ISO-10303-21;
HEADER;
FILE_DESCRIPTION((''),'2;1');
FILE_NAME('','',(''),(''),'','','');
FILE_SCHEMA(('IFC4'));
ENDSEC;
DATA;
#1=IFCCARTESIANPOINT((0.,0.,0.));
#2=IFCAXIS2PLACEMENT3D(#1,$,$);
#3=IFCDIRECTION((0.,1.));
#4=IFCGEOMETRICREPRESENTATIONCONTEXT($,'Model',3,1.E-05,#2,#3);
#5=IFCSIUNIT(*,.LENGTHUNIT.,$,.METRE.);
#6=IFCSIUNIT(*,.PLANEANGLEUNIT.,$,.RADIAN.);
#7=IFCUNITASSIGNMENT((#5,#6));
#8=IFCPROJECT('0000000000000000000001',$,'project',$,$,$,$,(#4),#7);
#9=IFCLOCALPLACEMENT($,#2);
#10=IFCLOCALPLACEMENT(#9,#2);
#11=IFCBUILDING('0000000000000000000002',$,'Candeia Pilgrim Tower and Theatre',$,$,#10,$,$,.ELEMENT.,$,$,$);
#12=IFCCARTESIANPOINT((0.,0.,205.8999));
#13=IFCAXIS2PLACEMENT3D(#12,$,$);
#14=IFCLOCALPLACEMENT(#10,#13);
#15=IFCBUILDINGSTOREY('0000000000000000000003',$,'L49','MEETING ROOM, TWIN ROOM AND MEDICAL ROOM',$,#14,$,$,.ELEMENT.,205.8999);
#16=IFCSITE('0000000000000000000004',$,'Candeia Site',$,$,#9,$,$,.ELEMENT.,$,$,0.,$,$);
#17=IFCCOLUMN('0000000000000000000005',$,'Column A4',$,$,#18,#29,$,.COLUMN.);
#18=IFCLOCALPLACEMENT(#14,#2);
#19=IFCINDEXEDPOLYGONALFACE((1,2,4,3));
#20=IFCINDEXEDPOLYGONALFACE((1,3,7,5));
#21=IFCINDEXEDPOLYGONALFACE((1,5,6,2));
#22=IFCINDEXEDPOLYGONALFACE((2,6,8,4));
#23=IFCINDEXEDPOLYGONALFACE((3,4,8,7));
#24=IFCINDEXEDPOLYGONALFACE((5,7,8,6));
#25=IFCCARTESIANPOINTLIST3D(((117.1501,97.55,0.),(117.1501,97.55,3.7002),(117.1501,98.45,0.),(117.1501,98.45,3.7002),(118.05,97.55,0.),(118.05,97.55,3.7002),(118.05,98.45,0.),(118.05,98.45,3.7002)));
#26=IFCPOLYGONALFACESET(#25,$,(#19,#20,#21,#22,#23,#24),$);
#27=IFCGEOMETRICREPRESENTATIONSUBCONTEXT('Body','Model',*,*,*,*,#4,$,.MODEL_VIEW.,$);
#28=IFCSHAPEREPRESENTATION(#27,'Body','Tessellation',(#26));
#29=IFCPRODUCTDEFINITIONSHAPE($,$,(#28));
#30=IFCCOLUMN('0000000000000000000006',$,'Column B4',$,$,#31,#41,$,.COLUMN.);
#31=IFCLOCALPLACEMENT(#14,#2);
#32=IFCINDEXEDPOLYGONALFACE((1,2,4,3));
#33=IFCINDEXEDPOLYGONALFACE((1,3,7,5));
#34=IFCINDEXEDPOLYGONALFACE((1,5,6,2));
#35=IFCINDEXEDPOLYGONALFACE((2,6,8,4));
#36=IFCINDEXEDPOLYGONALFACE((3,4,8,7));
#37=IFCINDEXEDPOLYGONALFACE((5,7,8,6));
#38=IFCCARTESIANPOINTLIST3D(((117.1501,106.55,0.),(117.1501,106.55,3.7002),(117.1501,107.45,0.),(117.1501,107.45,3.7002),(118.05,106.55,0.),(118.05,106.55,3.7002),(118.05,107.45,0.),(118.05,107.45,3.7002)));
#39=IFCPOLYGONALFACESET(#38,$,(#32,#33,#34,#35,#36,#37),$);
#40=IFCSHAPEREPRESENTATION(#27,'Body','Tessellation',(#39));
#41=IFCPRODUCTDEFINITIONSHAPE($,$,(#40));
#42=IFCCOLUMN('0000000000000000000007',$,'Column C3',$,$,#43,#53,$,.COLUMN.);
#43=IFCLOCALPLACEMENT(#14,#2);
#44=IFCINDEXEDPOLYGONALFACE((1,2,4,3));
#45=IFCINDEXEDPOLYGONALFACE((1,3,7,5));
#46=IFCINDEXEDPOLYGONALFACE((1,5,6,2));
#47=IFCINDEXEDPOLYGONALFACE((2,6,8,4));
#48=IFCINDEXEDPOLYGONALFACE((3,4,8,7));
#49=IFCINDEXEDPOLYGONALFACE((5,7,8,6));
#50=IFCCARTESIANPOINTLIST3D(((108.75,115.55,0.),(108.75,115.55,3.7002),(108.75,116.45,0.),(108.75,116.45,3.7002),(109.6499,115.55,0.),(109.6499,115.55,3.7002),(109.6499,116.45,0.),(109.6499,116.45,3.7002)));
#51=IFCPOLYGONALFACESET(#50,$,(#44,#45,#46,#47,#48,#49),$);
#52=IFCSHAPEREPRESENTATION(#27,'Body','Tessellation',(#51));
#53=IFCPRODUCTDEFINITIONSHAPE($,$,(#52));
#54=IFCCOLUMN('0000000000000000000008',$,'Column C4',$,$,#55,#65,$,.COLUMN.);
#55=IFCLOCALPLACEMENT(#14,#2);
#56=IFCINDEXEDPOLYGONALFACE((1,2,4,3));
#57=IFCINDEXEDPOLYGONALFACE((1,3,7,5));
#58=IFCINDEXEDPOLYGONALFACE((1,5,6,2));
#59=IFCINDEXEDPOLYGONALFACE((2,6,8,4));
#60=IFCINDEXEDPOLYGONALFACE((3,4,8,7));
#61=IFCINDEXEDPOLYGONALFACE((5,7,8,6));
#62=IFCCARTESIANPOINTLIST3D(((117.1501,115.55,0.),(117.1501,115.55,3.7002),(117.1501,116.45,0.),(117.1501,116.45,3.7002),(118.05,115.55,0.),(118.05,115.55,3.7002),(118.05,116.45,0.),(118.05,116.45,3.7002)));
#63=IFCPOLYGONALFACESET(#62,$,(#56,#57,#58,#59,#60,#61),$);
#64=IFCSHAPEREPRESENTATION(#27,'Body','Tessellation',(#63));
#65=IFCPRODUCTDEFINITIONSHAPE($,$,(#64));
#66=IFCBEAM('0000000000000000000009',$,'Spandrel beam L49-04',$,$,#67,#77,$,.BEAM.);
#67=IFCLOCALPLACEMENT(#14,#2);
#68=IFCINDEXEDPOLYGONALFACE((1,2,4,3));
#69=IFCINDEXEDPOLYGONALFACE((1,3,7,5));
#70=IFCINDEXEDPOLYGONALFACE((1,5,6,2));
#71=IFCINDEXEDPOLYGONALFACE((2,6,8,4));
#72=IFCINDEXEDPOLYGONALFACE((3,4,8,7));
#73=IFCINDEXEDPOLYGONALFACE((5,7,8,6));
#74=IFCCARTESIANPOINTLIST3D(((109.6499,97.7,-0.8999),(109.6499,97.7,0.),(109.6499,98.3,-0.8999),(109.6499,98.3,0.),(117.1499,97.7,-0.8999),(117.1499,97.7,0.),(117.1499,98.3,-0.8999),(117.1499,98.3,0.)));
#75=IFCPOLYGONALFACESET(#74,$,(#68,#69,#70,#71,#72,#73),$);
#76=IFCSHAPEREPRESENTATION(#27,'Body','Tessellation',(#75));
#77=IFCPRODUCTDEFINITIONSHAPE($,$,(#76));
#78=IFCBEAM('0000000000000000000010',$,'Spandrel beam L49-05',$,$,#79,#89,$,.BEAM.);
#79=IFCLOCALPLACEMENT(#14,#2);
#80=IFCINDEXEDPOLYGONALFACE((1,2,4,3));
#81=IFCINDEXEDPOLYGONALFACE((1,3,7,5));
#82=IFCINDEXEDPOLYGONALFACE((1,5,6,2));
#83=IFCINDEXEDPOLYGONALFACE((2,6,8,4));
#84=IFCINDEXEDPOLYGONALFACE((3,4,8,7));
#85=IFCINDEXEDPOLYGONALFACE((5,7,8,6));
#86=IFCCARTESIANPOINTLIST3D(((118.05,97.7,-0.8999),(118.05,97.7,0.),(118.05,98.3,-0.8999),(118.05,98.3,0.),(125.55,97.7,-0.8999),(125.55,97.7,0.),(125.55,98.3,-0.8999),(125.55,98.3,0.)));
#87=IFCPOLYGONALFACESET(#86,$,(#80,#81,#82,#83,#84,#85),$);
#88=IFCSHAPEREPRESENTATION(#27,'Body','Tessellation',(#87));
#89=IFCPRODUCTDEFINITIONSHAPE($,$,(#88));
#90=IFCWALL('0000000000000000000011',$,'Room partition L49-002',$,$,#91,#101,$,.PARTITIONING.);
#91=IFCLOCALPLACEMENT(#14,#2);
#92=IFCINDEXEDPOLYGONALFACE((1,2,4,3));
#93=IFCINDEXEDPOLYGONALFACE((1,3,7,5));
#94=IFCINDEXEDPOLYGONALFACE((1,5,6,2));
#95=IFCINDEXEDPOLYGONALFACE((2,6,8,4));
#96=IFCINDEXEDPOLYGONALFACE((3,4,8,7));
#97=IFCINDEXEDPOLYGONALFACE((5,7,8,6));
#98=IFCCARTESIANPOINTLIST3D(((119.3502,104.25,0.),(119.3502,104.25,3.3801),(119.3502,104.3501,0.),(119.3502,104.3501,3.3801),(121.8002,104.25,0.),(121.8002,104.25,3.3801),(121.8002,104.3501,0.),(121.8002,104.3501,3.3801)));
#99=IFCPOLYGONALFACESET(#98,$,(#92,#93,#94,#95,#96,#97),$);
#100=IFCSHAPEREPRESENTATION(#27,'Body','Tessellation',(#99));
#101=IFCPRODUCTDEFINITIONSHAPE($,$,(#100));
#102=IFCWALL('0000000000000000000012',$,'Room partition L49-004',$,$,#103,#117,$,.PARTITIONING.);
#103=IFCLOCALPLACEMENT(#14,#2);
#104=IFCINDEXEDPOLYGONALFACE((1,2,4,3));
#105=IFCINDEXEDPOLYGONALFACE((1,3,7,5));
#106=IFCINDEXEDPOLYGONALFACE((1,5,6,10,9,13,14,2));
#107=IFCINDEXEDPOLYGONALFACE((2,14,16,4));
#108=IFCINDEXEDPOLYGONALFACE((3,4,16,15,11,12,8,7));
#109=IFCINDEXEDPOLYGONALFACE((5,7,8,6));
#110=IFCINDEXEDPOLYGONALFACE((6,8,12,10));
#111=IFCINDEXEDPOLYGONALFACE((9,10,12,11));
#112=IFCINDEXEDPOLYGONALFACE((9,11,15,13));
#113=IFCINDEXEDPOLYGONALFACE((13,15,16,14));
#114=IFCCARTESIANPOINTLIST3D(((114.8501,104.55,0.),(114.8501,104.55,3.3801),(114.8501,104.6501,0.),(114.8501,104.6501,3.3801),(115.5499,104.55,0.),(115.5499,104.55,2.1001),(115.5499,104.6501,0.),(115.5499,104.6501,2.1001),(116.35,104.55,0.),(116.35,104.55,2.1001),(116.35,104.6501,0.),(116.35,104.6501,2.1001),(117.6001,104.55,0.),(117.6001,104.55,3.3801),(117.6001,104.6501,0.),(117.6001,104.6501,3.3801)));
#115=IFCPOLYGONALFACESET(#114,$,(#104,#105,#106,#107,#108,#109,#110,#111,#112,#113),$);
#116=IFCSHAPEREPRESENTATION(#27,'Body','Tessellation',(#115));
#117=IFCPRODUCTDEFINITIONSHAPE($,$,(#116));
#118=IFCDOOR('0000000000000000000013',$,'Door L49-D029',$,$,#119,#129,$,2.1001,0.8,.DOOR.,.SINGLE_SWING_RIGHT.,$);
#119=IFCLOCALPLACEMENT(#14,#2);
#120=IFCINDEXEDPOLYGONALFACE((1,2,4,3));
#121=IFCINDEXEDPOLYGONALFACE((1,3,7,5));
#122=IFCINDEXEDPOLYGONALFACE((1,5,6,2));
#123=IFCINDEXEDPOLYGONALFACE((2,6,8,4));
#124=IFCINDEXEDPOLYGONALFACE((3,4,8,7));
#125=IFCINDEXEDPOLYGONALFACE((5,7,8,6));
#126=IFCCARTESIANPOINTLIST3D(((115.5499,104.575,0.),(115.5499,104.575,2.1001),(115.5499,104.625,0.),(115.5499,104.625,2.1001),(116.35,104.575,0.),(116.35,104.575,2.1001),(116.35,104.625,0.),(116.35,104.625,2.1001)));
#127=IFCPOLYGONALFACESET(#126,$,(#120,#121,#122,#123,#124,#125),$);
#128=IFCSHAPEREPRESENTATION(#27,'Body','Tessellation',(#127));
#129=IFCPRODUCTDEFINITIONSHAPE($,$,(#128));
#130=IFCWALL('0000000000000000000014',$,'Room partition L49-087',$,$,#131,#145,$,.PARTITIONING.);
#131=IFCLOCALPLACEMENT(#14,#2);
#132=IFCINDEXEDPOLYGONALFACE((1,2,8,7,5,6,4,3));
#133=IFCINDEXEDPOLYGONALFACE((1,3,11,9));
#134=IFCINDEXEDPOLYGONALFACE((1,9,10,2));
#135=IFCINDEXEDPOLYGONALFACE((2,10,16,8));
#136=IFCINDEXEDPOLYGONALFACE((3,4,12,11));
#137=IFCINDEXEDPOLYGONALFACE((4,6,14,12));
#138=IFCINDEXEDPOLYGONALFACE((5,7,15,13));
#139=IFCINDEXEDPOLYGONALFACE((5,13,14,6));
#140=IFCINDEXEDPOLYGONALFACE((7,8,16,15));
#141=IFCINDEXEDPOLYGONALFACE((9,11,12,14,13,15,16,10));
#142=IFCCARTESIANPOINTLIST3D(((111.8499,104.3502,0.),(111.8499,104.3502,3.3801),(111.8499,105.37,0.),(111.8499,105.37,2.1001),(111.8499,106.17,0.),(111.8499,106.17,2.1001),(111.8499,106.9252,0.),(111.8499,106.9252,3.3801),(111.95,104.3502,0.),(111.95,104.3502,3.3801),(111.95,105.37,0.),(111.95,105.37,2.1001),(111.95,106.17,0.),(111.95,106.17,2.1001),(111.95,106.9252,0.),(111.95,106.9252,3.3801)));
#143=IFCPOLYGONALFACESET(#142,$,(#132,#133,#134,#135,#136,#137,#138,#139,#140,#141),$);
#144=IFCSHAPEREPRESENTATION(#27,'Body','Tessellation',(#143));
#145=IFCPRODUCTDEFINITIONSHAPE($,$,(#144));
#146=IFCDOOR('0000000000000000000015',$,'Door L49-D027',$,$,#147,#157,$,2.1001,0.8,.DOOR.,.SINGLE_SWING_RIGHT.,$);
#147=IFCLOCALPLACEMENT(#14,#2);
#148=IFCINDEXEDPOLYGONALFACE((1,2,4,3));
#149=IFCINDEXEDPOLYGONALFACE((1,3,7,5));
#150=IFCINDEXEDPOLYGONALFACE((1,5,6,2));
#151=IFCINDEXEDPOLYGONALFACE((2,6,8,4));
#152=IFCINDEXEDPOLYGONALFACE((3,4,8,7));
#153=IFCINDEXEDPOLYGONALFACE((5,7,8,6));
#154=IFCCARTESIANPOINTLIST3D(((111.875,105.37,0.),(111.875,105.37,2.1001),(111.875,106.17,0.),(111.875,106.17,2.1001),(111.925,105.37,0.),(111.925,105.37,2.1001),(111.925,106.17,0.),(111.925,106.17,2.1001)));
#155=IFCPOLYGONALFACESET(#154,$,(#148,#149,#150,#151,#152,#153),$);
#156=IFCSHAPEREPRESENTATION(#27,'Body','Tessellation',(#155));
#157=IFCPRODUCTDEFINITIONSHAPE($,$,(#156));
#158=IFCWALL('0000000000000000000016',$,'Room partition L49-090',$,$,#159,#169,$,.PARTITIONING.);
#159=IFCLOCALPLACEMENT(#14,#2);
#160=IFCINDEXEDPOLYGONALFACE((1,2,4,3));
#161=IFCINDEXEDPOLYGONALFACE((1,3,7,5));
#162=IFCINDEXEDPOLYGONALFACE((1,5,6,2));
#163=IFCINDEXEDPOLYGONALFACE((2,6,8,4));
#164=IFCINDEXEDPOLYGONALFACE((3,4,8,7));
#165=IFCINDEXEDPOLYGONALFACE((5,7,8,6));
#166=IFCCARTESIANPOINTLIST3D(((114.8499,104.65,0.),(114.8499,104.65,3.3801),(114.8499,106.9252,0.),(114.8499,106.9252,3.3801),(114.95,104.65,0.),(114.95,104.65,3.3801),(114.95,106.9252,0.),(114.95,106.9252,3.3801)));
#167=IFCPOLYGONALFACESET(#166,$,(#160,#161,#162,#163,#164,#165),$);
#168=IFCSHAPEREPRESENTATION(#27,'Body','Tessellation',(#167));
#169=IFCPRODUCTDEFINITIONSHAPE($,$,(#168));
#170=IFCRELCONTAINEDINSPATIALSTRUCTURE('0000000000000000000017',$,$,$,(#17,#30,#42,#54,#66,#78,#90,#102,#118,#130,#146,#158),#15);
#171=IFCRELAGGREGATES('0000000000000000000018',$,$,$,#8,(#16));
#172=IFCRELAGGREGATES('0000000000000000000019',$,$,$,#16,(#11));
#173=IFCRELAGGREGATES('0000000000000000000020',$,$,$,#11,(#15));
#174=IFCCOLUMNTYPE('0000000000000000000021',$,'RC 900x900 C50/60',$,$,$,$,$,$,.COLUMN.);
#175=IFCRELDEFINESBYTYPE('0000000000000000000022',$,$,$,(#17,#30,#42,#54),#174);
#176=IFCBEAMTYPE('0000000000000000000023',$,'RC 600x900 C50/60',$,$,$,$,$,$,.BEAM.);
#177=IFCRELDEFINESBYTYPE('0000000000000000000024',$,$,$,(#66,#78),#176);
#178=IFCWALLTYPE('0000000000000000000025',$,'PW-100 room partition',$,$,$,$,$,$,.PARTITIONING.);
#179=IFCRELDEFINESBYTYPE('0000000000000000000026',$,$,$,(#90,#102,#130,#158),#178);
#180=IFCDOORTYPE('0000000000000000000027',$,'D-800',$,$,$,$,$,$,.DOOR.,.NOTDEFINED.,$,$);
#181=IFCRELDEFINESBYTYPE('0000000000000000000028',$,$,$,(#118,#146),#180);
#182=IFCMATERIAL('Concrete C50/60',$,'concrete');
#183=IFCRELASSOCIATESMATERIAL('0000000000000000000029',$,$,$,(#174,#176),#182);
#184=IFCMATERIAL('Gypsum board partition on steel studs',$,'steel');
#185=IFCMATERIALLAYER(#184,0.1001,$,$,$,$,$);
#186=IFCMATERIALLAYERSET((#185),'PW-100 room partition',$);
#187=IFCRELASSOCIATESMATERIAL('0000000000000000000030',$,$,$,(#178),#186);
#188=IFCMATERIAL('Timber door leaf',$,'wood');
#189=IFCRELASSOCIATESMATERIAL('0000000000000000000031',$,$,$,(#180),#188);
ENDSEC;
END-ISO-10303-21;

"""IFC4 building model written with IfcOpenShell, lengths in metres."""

from ifc_helpers import new_model, si_unit, direction, frame, frame_2d, origin, origin_2d, place, context, subcontext, project, spatial, rectangle, extrude, material, layer, layer_set, material_profile, profile_set, type_object, element, fill, save


model = new_model("IFC4")

# Units and contexts
model_context = context("Model", 3, precision=1e-05, world=origin(), true_north=direction((0.0, 1.0)))
body_context = subcontext(model_context, "Body", "Model", "MODEL_VIEW")
ifc_project = project(units=[si_unit("LENGTHUNIT", "METRE"), si_unit("PLANEANGLEUNIT", "RADIAN")], contexts=[model_context])

# Site, building, storey
site_placement = place(None, origin())
site = spatial("IfcSite", under=ifc_project, at=site_placement, Name="Candeia Site", CompositionType="ELEMENT", RefElevation=0.0)
building_placement = place(site_placement, origin())
building = spatial("IfcBuilding", under=site, at=building_placement, Name="Candeia Pilgrim Tower and Theatre", CompositionType="ELEMENT")
storey_placement = place(building_placement, frame((0.0, 0.0, 205.8999)))
storey = spatial("IfcBuildingStorey", under=building, at=storey_placement, Name="L49", Description="MEETING ROOM, TWIN ROOM AND MEDICAL ROOM", CompositionType="ELEMENT", Elevation=205.8999)

# Columns
ifc_material_1 = material(Name="Concrete C50/60", Category="concrete")
ifc_material_profile_1 = material_profile(ifc_material_1, rectangle(XDim=0.8999, YDim=0.8999, at=origin_2d()))
ifc_profile_set_1 = profile_set([ifc_material_profile_1], Name="Concrete C50/60")
column_type = type_object("IfcColumnType", Name="RC 900x900 C50/60", PredefinedType="COLUMN", material=ifc_profile_set_1)
for number, where, z_axis, x_axis, name in (
    (1, (117.6001, 98.0, 0.0), (0.0, 0.0, 1.0), (1.0, 0.0, 0.0), "Column A4"),
    (2, (117.6001, 107.0, 0.0), (0.0, 0.0, 1.0), (1.0, 0.0, 0.0), "Column B4"),
    (3, (109.2, 116.0, 0.0), (0.0, 0.0, 1.0), (1.0, 0.0, 0.0), "Column C3"),
    (4, (117.6001, 116.0, 0.0), (0.0, 0.0, 1.0), (1.0, 0.0, 0.0), "Column C4"),
):
    element("IfcColumn", number, at=place(storey_placement, frame(where, z_axis=z_axis, x_axis=x_axis)), inside=storey, type_object=column_type, Name=name, PredefinedType="COLUMN", context=body_context, shape_type="SweptSolid", body=[
        extrude(rectangle(XDim=0.8999, YDim=0.8999, at=origin_2d()), origin(), (0.0, 0.0, 1.0), 3.7002),
    ])

# Beams
ifc_material_profile_2 = material_profile(ifc_material_1, rectangle(XDim=0.6001, YDim=0.8999, at=origin_2d()))
ifc_profile_set_2 = profile_set([ifc_material_profile_2], Name="Concrete C50/60")
beam_type = type_object("IfcBeamType", Name="RC 600x900 C50/60", PredefinedType="BEAM", material=ifc_profile_set_2)
for number, where, z_axis, x_axis, name in (
    (5, (109.6499, 98.0, -0.45), (1.0, 0.0, 0.0), (0.0, 1.0, 0.0), "Spandrel beam L49-04"),
    (6, (118.05, 98.0, -0.45), (1.0, 0.0, 0.0), (0.0, 1.0, 0.0), "Spandrel beam L49-05"),
):
    element("IfcBeam", number, at=place(storey_placement, frame(where, z_axis=z_axis, x_axis=x_axis)), inside=storey, type_object=beam_type, Name=name, PredefinedType="BEAM", context=body_context, shape_type="SweptSolid", body=[
        extrude(rectangle(XDim=0.6001, YDim=0.8999, at=origin_2d()), origin(), (0.0, 0.0, 1.0), 7.5),
    ])

# Wall
ifc_material_2 = material(Name="Gypsum board partition on steel studs", Category="steel")
ifc_layer_1 = layer(ifc_material_2, 0.1001)
ifc_layer_set_1 = layer_set([ifc_layer_1], Name="PW-100 room partition")
wall_type_1 = type_object("IfcWallType", Name="PW-100 room partition", PredefinedType="PARTITIONING", material=ifc_layer_set_1)
wall_1_placement = place(storey_placement, frame((119.3501, 104.3, 0.0), z_axis=(0.0, 0.0, 1.0), x_axis=(1.0, 0.0, 0.0)))
element("IfcWall", 7, at=wall_1_placement, inside=storey, type_object=wall_type_1, Name="Room partition L49-002", PredefinedType="PARTITIONING", context=body_context, shape_type="SweptSolid", body=[
    extrude(rectangle(XDim=2.45, YDim=0.1001, at=frame_2d((1.2251, 0.0))), origin(), (0.0, 0.0, 1.0), 3.3801),
])

# Walls, openings, doors
wall_2_placement = place(storey_placement, frame((114.8501, 104.6001, 0.0), z_axis=(0.0, 0.0, 1.0), x_axis=(1.0, 0.0, 0.0)))
wall_2 = element("IfcWall", 8, at=wall_2_placement, inside=storey, type_object=wall_type_1, Name="Room partition L49-004", PredefinedType="PARTITIONING", context=body_context, shape_type="SweptSolid", body=[
    extrude(rectangle(XDim=2.75, YDim=0.1001, at=frame_2d((1.375, 0.0))), origin(), (0.0, 0.0, 1.0), 3.3801),
])
opening_1_placement = place(wall_2_placement, frame((0.7, 0.0, 0.0)))
opening_1 = element("IfcOpeningElement", 9, at=opening_1_placement, cuts=wall_2, PredefinedType="OPENING", context=body_context, shape_type="SweptSolid", body=[
    extrude(rectangle(XDim=0.8, YDim=2.1001, at=frame_2d((0.3999, 1.05))), frame((0.0, 0.0601, 0.0), z_axis=(0.0, -1.0, 0.0), x_axis=(1.0, 0.0, 0.0)), (0.0, 0.0, 1.0), 0.1201),
])
ifc_material_3 = material(Name="Timber door leaf", Category="wood")
door_type = type_object("IfcDoorType", Name="D-800", OperationType="NOTDEFINED", PredefinedType="DOOR", material=ifc_material_3)
door_1_placement = place(opening_1_placement, origin())
door_1 = element("IfcDoor", 10, at=door_1_placement, inside=storey, type_object=door_type, Name="Door L49-D029", OperationType="SINGLE_SWING_RIGHT", OverallHeight=2.1001, OverallWidth=0.8, PredefinedType="DOOR", context=body_context, shape_type="SweptSolid", body=[
    extrude(rectangle(XDim=0.8, YDim=2.1001, at=frame_2d((0.3999, 1.05))), frame((0.0, 0.0249, 0.0), z_axis=(0.0, -1.0, 0.0), x_axis=(1.0, 0.0, 0.0)), (0.0, 0.0, 1.0), 0.05),
])
fill(opening_1, door_1)
wall_3_placement = place(storey_placement, frame((111.8999, 104.3501, 0.0), z_axis=(0.0, 0.0, 1.0), x_axis=(0.0, 1.0, 0.0)))
wall_3 = element("IfcWall", 11, at=wall_3_placement, inside=storey, type_object=wall_type_1, Name="Room partition L49-087", PredefinedType="PARTITIONING", context=body_context, shape_type="SweptSolid", body=[
    extrude(rectangle(XDim=2.575, YDim=0.1001, at=frame_2d((1.2876, 0.0))), origin(), (0.0, 0.0, 1.0), 3.3801),
])
opening_2_placement = place(wall_3_placement, frame((1.02, 0.0, 0.0)))
opening_2 = element("IfcOpeningElement", 12, at=opening_2_placement, cuts=wall_3, PredefinedType="OPENING", context=body_context, shape_type="SweptSolid", body=[
    extrude(rectangle(XDim=0.8, YDim=2.1001, at=frame_2d((0.3999, 1.05))), frame((0.0, 0.0601, 0.0), z_axis=(0.0, -1.0, 0.0), x_axis=(1.0, 0.0, 0.0)), (0.0, 0.0, 1.0), 0.1201),
])
door_2_placement = place(opening_2_placement, origin())
door_2 = element("IfcDoor", 13, at=door_2_placement, inside=storey, type_object=door_type, Name="Door L49-D027", OperationType="SINGLE_SWING_RIGHT", OverallHeight=2.1001, OverallWidth=0.8, PredefinedType="DOOR", context=body_context, shape_type="SweptSolid", body=[
    extrude(rectangle(XDim=0.8, YDim=2.1001, at=frame_2d((0.3999, 1.05))), frame((0.0, 0.0249, 0.0), z_axis=(0.0, -1.0, 0.0), x_axis=(1.0, 0.0, 0.0)), (0.0, 0.0, 1.0), 0.05),
])
fill(opening_2, door_2)

# Wall
wall_4_placement = place(storey_placement, frame((114.8999, 104.6499, 0.0), z_axis=(0.0, 0.0, 1.0), x_axis=(0.0, 1.0, 0.0)))
element("IfcWall", 14, at=wall_4_placement, inside=storey, type_object=wall_type_1, Name="Room partition L49-090", PredefinedType="PARTITIONING", context=body_context, shape_type="SweptSolid", body=[
    extrude(rectangle(XDim=2.2751, YDim=0.1001, at=frame_2d((1.1377, 0.0))), origin(), (0.0, 0.0, 1.0), 3.3801),
])

save(model, "model.ifc")
